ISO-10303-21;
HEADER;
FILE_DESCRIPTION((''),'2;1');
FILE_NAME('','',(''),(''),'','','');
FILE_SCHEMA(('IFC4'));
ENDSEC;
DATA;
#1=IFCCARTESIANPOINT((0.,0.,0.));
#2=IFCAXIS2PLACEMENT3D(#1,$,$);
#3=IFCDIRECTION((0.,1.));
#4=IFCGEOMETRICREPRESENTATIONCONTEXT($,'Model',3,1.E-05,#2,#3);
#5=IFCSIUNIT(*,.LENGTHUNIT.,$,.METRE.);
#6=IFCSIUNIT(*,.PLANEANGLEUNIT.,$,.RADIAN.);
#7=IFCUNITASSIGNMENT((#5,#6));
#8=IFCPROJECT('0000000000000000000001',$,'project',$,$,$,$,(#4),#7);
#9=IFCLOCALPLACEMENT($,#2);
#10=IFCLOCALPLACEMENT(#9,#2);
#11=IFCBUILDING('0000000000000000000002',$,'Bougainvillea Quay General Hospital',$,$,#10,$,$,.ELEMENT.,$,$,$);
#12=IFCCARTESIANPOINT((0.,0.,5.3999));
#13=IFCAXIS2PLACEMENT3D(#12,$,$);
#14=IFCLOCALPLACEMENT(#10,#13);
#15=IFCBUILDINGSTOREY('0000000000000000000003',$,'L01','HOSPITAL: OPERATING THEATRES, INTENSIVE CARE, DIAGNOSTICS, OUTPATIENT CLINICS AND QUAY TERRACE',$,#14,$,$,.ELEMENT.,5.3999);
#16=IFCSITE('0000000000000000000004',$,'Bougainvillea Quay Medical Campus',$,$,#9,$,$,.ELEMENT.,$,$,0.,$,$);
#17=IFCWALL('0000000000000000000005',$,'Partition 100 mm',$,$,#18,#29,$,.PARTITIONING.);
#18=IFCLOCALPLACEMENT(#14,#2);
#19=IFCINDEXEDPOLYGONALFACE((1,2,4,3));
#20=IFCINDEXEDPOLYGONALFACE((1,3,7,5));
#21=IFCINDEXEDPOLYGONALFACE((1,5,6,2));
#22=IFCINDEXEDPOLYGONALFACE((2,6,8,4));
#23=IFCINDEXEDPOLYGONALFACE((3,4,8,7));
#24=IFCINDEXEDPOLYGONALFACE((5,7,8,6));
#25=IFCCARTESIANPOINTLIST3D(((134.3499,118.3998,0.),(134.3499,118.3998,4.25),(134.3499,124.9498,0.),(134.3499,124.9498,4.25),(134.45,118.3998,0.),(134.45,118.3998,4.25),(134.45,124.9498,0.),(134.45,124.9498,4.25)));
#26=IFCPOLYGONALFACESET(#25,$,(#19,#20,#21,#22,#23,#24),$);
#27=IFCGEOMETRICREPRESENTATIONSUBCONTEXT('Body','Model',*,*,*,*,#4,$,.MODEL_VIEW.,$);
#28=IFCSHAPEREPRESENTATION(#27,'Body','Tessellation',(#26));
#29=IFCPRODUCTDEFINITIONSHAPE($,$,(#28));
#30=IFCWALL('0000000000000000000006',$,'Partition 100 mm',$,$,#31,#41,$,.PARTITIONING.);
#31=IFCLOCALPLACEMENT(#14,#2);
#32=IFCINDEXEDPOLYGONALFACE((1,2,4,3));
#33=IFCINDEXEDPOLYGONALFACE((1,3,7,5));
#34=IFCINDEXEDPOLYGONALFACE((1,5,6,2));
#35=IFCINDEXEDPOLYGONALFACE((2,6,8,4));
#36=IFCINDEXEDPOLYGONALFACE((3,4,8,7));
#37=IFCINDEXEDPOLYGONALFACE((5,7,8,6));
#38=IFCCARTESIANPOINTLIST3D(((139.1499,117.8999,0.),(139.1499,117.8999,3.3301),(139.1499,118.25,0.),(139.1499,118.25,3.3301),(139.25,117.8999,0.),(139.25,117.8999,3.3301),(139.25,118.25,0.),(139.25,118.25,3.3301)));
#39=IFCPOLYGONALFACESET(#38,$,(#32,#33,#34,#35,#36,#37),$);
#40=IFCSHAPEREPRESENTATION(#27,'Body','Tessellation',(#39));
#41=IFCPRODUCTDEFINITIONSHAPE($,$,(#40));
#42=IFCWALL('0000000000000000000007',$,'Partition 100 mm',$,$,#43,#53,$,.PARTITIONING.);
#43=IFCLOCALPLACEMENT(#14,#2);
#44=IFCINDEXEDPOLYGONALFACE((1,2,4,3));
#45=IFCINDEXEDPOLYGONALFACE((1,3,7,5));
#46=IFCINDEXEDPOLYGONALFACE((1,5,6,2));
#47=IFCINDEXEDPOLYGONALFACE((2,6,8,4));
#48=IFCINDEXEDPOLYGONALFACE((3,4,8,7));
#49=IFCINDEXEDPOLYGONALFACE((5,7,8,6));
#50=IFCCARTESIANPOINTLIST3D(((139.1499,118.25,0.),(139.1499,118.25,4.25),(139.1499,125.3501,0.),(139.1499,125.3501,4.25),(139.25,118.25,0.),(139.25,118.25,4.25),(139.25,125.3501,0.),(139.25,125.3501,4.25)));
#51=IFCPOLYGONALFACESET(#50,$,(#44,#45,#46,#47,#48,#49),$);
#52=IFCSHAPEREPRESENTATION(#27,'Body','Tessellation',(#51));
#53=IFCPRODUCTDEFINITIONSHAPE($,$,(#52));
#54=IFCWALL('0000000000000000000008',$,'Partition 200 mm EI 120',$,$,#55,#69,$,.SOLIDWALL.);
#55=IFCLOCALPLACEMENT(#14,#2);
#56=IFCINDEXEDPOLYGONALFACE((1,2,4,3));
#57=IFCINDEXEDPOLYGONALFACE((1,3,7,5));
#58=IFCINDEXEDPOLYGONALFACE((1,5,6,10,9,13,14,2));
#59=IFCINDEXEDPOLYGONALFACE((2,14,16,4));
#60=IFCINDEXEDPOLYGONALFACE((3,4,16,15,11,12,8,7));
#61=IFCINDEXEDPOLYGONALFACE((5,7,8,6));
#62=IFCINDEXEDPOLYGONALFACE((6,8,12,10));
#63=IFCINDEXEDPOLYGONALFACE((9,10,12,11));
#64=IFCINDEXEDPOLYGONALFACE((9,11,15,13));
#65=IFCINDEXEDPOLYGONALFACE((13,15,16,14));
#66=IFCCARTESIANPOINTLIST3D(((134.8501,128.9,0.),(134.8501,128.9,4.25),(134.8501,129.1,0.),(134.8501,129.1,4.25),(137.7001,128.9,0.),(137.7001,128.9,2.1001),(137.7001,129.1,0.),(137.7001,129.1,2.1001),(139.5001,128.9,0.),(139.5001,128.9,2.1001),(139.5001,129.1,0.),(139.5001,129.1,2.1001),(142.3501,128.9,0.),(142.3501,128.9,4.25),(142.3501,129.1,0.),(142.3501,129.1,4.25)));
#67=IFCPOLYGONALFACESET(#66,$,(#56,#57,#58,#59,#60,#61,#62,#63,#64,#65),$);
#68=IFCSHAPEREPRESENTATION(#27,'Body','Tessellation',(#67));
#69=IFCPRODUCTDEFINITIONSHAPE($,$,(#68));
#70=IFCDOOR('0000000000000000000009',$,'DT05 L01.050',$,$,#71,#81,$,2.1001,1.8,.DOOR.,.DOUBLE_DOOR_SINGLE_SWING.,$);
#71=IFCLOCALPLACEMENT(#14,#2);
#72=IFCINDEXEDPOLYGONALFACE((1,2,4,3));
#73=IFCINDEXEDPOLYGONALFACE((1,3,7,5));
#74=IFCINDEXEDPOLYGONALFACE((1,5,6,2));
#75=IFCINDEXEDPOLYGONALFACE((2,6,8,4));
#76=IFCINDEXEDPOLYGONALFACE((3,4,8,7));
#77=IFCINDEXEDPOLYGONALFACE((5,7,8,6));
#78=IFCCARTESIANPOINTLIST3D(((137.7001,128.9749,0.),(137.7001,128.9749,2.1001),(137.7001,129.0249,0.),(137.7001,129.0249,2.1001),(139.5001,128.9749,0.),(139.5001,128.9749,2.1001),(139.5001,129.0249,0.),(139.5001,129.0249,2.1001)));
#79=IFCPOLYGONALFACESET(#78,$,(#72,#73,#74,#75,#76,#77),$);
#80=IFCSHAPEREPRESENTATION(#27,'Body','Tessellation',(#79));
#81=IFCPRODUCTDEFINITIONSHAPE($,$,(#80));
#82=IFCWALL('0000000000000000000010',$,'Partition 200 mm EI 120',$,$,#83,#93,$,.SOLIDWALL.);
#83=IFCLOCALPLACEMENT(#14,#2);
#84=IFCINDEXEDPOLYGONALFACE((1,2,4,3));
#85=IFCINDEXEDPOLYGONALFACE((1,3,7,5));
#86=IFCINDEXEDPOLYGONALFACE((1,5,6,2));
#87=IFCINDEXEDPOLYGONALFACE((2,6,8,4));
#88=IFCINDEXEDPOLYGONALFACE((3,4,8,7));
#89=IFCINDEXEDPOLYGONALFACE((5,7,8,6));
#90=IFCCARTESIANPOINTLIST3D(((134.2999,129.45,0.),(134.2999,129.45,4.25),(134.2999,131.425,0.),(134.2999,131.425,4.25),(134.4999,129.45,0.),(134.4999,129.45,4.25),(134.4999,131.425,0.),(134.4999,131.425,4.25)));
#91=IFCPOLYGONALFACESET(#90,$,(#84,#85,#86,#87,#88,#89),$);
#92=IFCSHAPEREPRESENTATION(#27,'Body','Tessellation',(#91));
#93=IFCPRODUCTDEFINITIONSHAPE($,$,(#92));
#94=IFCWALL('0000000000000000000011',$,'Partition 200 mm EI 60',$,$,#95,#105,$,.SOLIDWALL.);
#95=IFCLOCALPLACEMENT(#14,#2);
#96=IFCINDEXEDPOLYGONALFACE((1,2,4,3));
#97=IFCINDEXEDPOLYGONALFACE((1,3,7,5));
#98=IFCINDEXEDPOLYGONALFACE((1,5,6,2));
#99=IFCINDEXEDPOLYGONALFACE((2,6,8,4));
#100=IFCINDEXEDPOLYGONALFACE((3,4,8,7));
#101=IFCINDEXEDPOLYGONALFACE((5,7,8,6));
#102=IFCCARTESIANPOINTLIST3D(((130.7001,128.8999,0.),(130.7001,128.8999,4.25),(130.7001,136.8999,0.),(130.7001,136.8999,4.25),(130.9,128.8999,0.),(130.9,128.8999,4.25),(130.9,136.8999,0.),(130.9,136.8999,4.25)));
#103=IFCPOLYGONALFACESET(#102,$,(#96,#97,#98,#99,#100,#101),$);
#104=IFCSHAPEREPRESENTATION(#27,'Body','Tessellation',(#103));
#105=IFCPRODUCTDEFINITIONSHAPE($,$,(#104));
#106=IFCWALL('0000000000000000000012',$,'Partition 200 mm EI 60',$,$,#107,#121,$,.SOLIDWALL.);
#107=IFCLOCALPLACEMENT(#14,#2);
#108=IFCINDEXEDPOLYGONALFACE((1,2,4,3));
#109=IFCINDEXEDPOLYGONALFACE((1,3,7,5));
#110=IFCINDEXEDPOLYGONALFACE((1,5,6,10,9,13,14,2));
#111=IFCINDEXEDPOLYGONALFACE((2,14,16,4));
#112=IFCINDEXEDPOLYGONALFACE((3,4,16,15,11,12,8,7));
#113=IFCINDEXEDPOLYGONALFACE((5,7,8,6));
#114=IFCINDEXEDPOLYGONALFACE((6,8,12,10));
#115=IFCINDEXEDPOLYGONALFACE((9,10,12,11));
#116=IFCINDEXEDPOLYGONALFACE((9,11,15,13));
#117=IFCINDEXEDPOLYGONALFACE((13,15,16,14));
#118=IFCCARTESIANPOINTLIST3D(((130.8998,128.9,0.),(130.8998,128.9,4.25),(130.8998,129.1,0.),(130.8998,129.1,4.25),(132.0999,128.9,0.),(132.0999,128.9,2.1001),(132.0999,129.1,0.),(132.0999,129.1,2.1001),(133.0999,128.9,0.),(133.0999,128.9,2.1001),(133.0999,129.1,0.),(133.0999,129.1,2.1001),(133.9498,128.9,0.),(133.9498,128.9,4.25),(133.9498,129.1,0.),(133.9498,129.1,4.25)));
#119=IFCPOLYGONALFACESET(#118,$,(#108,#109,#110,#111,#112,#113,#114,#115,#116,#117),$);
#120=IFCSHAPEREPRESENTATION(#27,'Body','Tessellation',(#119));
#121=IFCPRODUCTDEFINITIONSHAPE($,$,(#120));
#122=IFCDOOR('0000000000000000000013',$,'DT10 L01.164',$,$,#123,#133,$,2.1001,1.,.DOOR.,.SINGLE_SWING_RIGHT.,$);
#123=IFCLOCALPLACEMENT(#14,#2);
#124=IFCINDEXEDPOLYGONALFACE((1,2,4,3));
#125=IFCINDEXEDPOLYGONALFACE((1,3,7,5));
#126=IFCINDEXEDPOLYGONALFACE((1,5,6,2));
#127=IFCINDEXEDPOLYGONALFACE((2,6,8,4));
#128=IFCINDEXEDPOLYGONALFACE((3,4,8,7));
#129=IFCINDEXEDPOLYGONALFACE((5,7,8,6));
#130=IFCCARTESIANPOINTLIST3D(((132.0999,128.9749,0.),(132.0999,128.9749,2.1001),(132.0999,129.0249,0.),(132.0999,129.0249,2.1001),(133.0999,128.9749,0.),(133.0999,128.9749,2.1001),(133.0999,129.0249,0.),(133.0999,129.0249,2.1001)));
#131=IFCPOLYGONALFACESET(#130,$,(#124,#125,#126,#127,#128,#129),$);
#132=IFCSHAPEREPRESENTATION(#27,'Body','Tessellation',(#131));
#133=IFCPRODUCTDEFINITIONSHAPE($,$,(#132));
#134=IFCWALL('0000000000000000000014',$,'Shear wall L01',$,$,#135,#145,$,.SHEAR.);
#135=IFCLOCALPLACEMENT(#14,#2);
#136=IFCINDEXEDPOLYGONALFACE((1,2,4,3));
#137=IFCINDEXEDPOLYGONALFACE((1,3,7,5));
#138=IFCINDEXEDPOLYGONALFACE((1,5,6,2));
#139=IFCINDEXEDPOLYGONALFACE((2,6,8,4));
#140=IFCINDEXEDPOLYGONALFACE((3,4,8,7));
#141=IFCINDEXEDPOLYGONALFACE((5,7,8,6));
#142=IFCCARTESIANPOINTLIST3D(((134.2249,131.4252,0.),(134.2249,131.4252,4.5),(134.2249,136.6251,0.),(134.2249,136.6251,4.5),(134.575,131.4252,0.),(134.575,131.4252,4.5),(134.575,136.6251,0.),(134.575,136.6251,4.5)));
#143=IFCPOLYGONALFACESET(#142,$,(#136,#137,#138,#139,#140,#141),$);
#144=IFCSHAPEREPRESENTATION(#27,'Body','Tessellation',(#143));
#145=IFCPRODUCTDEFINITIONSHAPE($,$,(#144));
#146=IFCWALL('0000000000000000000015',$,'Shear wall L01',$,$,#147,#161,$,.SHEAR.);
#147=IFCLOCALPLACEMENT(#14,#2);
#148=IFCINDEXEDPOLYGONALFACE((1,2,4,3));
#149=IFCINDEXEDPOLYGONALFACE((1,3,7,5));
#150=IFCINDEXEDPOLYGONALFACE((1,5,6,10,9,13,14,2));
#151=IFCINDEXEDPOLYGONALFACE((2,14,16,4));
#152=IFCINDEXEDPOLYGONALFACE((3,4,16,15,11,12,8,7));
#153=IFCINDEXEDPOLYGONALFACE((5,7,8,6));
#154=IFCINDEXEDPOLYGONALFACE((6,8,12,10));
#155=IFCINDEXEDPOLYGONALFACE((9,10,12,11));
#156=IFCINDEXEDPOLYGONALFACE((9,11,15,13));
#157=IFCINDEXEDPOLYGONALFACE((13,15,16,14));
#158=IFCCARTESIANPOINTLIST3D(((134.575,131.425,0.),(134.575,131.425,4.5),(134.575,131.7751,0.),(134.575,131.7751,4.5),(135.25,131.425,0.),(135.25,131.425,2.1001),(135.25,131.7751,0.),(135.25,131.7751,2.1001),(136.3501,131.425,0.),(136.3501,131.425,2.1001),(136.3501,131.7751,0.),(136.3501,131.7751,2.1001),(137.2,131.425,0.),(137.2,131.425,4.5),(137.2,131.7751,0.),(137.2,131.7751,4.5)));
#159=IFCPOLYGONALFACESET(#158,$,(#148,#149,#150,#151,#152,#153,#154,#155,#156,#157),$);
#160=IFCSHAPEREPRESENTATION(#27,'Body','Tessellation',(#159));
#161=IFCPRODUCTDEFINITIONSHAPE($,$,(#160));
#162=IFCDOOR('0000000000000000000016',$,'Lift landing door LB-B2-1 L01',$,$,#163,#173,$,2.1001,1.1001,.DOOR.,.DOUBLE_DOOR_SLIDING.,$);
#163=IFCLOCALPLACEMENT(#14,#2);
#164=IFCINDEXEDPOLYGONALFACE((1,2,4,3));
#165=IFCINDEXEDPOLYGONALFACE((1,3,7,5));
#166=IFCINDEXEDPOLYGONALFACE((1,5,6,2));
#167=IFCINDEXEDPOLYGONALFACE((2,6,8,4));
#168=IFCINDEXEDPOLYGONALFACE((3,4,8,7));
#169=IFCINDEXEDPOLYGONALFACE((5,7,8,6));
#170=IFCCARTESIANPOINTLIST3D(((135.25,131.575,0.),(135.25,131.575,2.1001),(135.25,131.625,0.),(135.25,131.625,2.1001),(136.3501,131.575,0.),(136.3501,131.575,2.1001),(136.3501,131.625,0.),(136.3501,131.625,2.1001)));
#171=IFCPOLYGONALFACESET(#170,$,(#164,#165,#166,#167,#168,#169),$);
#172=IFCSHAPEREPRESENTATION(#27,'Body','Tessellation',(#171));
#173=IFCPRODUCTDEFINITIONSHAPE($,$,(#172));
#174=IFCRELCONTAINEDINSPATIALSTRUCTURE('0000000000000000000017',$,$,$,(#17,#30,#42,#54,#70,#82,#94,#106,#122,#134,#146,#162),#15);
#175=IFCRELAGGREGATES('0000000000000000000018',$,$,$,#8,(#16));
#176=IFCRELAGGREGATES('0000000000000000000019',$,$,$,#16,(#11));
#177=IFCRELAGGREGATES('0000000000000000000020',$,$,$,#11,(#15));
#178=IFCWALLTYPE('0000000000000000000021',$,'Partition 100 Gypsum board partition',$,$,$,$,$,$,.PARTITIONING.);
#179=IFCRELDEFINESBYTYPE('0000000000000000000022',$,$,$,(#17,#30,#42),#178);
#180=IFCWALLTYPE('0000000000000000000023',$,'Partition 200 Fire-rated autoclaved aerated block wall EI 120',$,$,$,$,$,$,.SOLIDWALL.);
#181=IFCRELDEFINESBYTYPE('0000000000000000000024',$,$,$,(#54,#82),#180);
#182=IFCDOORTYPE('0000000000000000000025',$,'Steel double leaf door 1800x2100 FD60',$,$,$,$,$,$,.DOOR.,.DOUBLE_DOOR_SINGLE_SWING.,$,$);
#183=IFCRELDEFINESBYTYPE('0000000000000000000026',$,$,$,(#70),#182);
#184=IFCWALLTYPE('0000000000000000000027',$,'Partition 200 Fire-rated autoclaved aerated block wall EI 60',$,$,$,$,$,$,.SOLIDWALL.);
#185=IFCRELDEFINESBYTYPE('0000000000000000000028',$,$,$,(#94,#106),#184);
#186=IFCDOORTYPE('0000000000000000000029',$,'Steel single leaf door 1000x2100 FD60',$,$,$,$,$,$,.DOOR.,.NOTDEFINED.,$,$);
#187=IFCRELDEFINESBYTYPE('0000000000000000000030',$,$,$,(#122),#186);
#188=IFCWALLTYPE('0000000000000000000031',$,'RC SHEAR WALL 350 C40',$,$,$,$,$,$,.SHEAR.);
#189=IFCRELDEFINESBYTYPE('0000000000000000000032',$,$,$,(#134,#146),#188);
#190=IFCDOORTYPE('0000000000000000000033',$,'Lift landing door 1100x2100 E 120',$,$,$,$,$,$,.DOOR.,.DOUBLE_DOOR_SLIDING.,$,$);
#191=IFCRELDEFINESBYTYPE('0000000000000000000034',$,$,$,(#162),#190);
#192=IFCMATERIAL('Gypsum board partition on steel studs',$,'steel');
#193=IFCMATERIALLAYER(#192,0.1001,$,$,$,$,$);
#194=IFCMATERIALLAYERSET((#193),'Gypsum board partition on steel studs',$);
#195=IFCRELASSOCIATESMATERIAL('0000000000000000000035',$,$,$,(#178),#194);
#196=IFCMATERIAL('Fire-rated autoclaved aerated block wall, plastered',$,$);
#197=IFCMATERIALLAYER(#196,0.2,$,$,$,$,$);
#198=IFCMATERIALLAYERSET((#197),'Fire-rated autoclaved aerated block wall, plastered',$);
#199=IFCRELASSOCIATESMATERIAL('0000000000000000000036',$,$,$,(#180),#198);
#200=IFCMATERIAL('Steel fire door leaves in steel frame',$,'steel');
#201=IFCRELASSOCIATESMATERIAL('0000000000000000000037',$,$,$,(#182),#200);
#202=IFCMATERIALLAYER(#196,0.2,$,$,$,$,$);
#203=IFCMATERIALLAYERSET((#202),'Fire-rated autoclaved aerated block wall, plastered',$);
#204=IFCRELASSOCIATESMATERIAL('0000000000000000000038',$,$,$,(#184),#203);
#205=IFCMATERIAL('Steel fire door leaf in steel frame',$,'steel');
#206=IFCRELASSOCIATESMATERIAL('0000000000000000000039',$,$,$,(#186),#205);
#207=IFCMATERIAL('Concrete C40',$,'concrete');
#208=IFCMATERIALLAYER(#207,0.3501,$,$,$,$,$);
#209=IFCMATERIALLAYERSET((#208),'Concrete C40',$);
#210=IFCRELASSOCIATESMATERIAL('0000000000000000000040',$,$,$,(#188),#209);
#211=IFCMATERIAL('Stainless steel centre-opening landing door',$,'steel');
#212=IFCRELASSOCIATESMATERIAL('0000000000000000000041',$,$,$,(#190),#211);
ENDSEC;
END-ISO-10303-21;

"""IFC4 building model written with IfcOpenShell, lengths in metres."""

from ifc_helpers import new_model, si_unit, direction, frame, frame_2d, origin, place, context, subcontext, project, spatial, rectangle, extrude, material, layer, layer_set, type_object, element, fill, save


model = new_model("IFC4")

# Units and contexts
model_context = context("Model", 3, precision=1e-05, world=origin(), true_north=direction((0.0, 1.0)))
body_context = subcontext(model_context, "Body", "Model", "MODEL_VIEW")
ifc_project = project(units=[si_unit("LENGTHUNIT", "METRE"), si_unit("PLANEANGLEUNIT", "RADIAN")], contexts=[model_context])

# Site, building, storey
site_placement = place(None, origin())
site = spatial("IfcSite", under=ifc_project, at=site_placement, Name="Bougainvillea Quay Medical Campus", CompositionType="ELEMENT", RefElevation=0.0)
building_placement = place(site_placement, origin())
building = spatial("IfcBuilding", under=site, at=building_placement, Name="Bougainvillea Quay General Hospital", CompositionType="ELEMENT")
storey_placement = place(building_placement, frame((0.0, 0.0, 5.3999)))
storey = spatial("IfcBuildingStorey", under=building, at=storey_placement, Name="L01", Description="HOSPITAL: OPERATING THEATRES, INTENSIVE CARE, DIAGNOSTICS, OUTPATIENT CLINICS AND QUAY TERRACE", CompositionType="ELEMENT", Elevation=5.3999)

# Shared definitions
ifc_material_1 = material(Name="Concrete C40", Category="concrete")

# Shared definitions
ifc_material_2 = material(Name="Gypsum board partition on steel studs", Category="steel")
ifc_layer_1 = layer(ifc_material_2, 0.1001)
ifc_layer_set_1 = layer_set([ifc_layer_1], Name="Gypsum board partition on steel studs")
wall_type_1 = type_object("IfcWallType", Name="Partition 100 Gypsum board partition", PredefinedType="PARTITIONING", material=ifc_layer_set_1)

# Walls
wall_1_placement = place(storey_placement, frame((134.3999, 118.3999, 0.0), z_axis=(0.0, 0.0, 1.0), x_axis=(0.0, 1.0, 0.0)))
element("IfcWall", 1, at=wall_1_placement, inside=storey, type_object=wall_type_1, Name="Partition 100 mm", PredefinedType="PARTITIONING", context=body_context, shape_type="SweptSolid", body=[
    extrude(rectangle(XDim=6.55, YDim=0.1001, at=frame_2d((3.2749, 0.0))), origin(), (0.0, 0.0, 1.0), 4.25),
])
wall_2_placement = place(storey_placement, frame((139.2, 117.8999, 0.0), z_axis=(0.0, 0.0, 1.0), x_axis=(0.0, 1.0, 0.0)))
element("IfcWall", 2, at=wall_2_placement, inside=storey, type_object=wall_type_1, Name="Partition 100 mm", PredefinedType="PARTITIONING", context=body_context, shape_type="SweptSolid", body=[
    extrude(rectangle(XDim=0.3501, YDim=0.1001, at=frame_2d((0.175, 0.0))), origin(), (0.0, 0.0, 1.0), 3.3301),
])
wall_3_placement = place(storey_placement, frame((139.2, 118.25, 0.0), z_axis=(0.0, 0.0, 1.0), x_axis=(0.0, 1.0, 0.0)))
element("IfcWall", 3, at=wall_3_placement, inside=storey, type_object=wall_type_1, Name="Partition 100 mm", PredefinedType="PARTITIONING", context=body_context, shape_type="SweptSolid", body=[
    extrude(rectangle(XDim=7.1001, YDim=0.1001, at=frame_2d((3.55, 0.0))), origin(), (0.0, 0.0, 1.0), 4.25),
])

# Wall, opening, door
ifc_material_3 = material(Name="Fire-rated autoclaved aerated block wall, plastered")
ifc_layer_2 = layer(ifc_material_3, 0.2)
ifc_layer_set_2 = layer_set([ifc_layer_2], Name="Fire-rated autoclaved aerated block wall, plastered")
wall_type_2 = type_object("IfcWallType", Name="Partition 200 Fire-rated autoclaved aerated block wall EI 120", PredefinedType="SOLIDWALL", material=ifc_layer_set_2)
wall_4_placement = place(storey_placement, frame((134.8501, 129.0, 0.0), z_axis=(0.0, 0.0, 1.0), x_axis=(1.0, 0.0, 0.0)))
wall_4 = element("IfcWall", 4, at=wall_4_placement, inside=storey, type_object=wall_type_2, Name="Partition 200 mm EI 120", PredefinedType="SOLIDWALL", context=body_context, shape_type="SweptSolid", body=[
    extrude(rectangle(XDim=7.5, YDim=0.2, at=frame_2d((3.75, 0.0))), origin(), (0.0, 0.0, 1.0), 4.25),
])
opening_1_placement = place(wall_4_placement, frame((2.8501, 0.0, 0.0)))
opening_1 = element("IfcOpeningElement", 5, at=opening_1_placement, cuts=wall_4, PredefinedType="OPENING", context=body_context, shape_type="SweptSolid", body=[
    extrude(rectangle(XDim=1.8, YDim=2.1001, at=frame_2d((0.8999, 1.05))), frame((0.0, 0.1099, 0.0), z_axis=(0.0, -1.0, 0.0), x_axis=(1.0, 0.0, 0.0)), (0.0, 0.0, 1.0), 0.22),
])
ifc_material_4 = material(Name="Steel fire door leaves in steel frame", Category="steel")
door_type_1 = type_object("IfcDoorType", Name="Steel double leaf door 1800x2100 FD60", OperationType="DOUBLE_DOOR_SINGLE_SWING", PredefinedType="DOOR", material=ifc_material_4)
door_1_placement = place(opening_1_placement, origin())
door_1 = element("IfcDoor", 6, at=door_1_placement, inside=storey, type_object=door_type_1, Name="DT05 L01.050", OperationType="DOUBLE_DOOR_SINGLE_SWING", OverallHeight=2.1001, OverallWidth=1.8, PredefinedType="DOOR", context=body_context, shape_type="SweptSolid", body=[
    extrude(rectangle(XDim=1.8, YDim=2.1001, at=frame_2d((0.8999, 1.05))), frame((0.0, 0.0249, 0.0), z_axis=(0.0, -1.0, 0.0), x_axis=(1.0, 0.0, 0.0)), (0.0, 0.0, 1.0), 0.05),
])
fill(opening_1, door_1)

# Walls
wall_5_placement = place(storey_placement, frame((134.3999, 129.45, 0.0), z_axis=(0.0, 0.0, 1.0), x_axis=(0.0, 1.0, 0.0)))
element("IfcWall", 7, at=wall_5_placement, inside=storey, type_object=wall_type_2, Name="Partition 200 mm EI 120", PredefinedType="SOLIDWALL", context=body_context, shape_type="SweptSolid", body=[
    extrude(rectangle(XDim=1.9751, YDim=0.2, at=frame_2d((0.9875, 0.0))), origin(), (0.0, 0.0, 1.0), 4.25),
])
ifc_layer_3 = layer(ifc_material_3, 0.2)
ifc_layer_set_3 = layer_set([ifc_layer_3], Name="Fire-rated autoclaved aerated block wall, plastered")
wall_type_3 = type_object("IfcWallType", Name="Partition 200 Fire-rated autoclaved aerated block wall EI 60", PredefinedType="SOLIDWALL", material=ifc_layer_set_3)
wall_6_placement = place(storey_placement, frame((130.8, 128.8999, 0.0), z_axis=(0.0, 0.0, 1.0), x_axis=(0.0, 1.0, 0.0)))
element("IfcWall", 8, at=wall_6_placement, inside=storey, type_object=wall_type_3, Name="Partition 200 mm EI 60", PredefinedType="SOLIDWALL", context=body_context, shape_type="SweptSolid", body=[
    extrude(rectangle(XDim=8.0, YDim=0.2, at=frame_2d((4.0, 0.0))), origin(), (0.0, 0.0, 1.0), 4.25),
])

# Wall, opening, door
wall_7_placement = place(storey_placement, frame((130.8999, 129.0, 0.0), z_axis=(0.0, 0.0, 1.0), x_axis=(1.0, 0.0, 0.0)))
wall_7 = element("IfcWall", 9, at=wall_7_placement, inside=storey, type_object=wall_type_3, Name="Partition 200 mm EI 60", PredefinedType="SOLIDWALL", context=body_context, shape_type="SweptSolid", body=[
    extrude(rectangle(XDim=3.05, YDim=0.2, at=frame_2d((1.5249, 0.0))), origin(), (0.0, 0.0, 1.0), 4.25),
])
opening_2_placement = place(wall_7_placement, frame((1.2, 0.0, 0.0)))
opening_2 = element("IfcOpeningElement", 10, at=opening_2_placement, cuts=wall_7, PredefinedType="OPENING", context=body_context, shape_type="SweptSolid", body=[
    extrude(rectangle(XDim=1.0, YDim=2.1001, at=frame_2d((0.5, 1.05))), frame((0.0, 0.1099, 0.0), z_axis=(0.0, -1.0, 0.0), x_axis=(1.0, 0.0, 0.0)), (0.0, 0.0, 1.0), 0.22),
])
ifc_material_5 = material(Name="Steel fire door leaf in steel frame", Category="steel")
door_type_2 = type_object("IfcDoorType", Name="Steel single leaf door 1000x2100 FD60", OperationType="NOTDEFINED", PredefinedType="DOOR", material=ifc_material_5)
door_2_placement = place(opening_2_placement, origin())
door_2 = element("IfcDoor", 11, at=door_2_placement, inside=storey, type_object=door_type_2, Name="DT10 L01.164", OperationType="SINGLE_SWING_RIGHT", OverallHeight=2.1001, OverallWidth=1.0, PredefinedType="DOOR", context=body_context, shape_type="SweptSolid", body=[
    extrude(rectangle(XDim=1.0, YDim=2.1001, at=frame_2d((0.5, 1.05))), frame((0.0, 0.0249, 0.0), z_axis=(0.0, -1.0, 0.0), x_axis=(1.0, 0.0, 0.0)), (0.0, 0.0, 1.0), 0.05),
])
fill(opening_2, door_2)

# Wall
ifc_layer_4 = layer(ifc_material_1, 0.3501)
ifc_layer_set_4 = layer_set([ifc_layer_4], Name="Concrete C40")
wall_type_4 = type_object("IfcWallType", Name="RC SHEAR WALL 350 C40", PredefinedType="SHEAR", material=ifc_layer_set_4)
wall_8_placement = place(storey_placement, frame((134.3999, 131.425, 0.0), z_axis=(0.0, 0.0, 1.0), x_axis=(0.0, 1.0, 0.0)))
element("IfcWall", 12, at=wall_8_placement, inside=storey, type_object=wall_type_4, Name="Shear wall L01", PredefinedType="SHEAR", context=body_context, shape_type="SweptSolid", body=[
    extrude(rectangle(XDim=5.2, YDim=0.3501, at=frame_2d((2.6001, 0.0))), origin(), (0.0, 0.0, 1.0), 4.5),
])

# Wall, opening, door
wall_9_placement = place(storey_placement, frame((134.575, 131.6001, 0.0), z_axis=(0.0, 0.0, 1.0), x_axis=(1.0, 0.0, 0.0)))
wall_9 = element("IfcWall", 13, at=wall_9_placement, inside=storey, type_object=wall_type_4, Name="Shear wall L01", PredefinedType="SHEAR", context=body_context, shape_type="SweptSolid", body=[
    extrude(rectangle(XDim=2.625, YDim=0.3501, at=frame_2d((1.3125, 0.0))), origin(), (0.0, 0.0, 1.0), 4.5),
])
opening_3_placement = place(wall_9_placement, frame((0.675, 0.0, 0.0)))
opening_3 = element("IfcOpeningElement", 14, at=opening_3_placement, cuts=wall_9, PredefinedType="OPENING", context=body_context, shape_type="SweptSolid", body=[
    extrude(rectangle(XDim=1.1001, YDim=2.1001, at=frame_2d((0.55, 1.05))), frame((0.0, 0.1851, 0.0), z_axis=(0.0, -1.0, 0.0), x_axis=(1.0, 0.0, 0.0)), (0.0, 0.0, 1.0), 0.3701),
])
ifc_material_6 = material(Name="Stainless steel centre-opening landing door", Category="steel")
door_type_3 = type_object("IfcDoorType", Name="Lift landing door 1100x2100 E 120", OperationType="DOUBLE_DOOR_SLIDING", PredefinedType="DOOR", material=ifc_material_6)
door_3_placement = place(opening_3_placement, origin())
door_3 = element("IfcDoor", 15, at=door_3_placement, inside=storey, type_object=door_type_3, Name="Lift landing door LB-B2-1 L01", OperationType="DOUBLE_DOOR_SLIDING", OverallHeight=2.1001, OverallWidth=1.1001, PredefinedType="DOOR", context=body_context, shape_type="SweptSolid", body=[
    extrude(rectangle(XDim=1.1001, YDim=2.1001, at=frame_2d((0.55, 1.05))), frame((0.0, 0.0249, 0.0), z_axis=(0.0, -1.0, 0.0), x_axis=(1.0, 0.0, 0.0)), (0.0, 0.0, 1.0), 0.05),
])
fill(opening_3, door_3)

save(model, "model.ifc")
